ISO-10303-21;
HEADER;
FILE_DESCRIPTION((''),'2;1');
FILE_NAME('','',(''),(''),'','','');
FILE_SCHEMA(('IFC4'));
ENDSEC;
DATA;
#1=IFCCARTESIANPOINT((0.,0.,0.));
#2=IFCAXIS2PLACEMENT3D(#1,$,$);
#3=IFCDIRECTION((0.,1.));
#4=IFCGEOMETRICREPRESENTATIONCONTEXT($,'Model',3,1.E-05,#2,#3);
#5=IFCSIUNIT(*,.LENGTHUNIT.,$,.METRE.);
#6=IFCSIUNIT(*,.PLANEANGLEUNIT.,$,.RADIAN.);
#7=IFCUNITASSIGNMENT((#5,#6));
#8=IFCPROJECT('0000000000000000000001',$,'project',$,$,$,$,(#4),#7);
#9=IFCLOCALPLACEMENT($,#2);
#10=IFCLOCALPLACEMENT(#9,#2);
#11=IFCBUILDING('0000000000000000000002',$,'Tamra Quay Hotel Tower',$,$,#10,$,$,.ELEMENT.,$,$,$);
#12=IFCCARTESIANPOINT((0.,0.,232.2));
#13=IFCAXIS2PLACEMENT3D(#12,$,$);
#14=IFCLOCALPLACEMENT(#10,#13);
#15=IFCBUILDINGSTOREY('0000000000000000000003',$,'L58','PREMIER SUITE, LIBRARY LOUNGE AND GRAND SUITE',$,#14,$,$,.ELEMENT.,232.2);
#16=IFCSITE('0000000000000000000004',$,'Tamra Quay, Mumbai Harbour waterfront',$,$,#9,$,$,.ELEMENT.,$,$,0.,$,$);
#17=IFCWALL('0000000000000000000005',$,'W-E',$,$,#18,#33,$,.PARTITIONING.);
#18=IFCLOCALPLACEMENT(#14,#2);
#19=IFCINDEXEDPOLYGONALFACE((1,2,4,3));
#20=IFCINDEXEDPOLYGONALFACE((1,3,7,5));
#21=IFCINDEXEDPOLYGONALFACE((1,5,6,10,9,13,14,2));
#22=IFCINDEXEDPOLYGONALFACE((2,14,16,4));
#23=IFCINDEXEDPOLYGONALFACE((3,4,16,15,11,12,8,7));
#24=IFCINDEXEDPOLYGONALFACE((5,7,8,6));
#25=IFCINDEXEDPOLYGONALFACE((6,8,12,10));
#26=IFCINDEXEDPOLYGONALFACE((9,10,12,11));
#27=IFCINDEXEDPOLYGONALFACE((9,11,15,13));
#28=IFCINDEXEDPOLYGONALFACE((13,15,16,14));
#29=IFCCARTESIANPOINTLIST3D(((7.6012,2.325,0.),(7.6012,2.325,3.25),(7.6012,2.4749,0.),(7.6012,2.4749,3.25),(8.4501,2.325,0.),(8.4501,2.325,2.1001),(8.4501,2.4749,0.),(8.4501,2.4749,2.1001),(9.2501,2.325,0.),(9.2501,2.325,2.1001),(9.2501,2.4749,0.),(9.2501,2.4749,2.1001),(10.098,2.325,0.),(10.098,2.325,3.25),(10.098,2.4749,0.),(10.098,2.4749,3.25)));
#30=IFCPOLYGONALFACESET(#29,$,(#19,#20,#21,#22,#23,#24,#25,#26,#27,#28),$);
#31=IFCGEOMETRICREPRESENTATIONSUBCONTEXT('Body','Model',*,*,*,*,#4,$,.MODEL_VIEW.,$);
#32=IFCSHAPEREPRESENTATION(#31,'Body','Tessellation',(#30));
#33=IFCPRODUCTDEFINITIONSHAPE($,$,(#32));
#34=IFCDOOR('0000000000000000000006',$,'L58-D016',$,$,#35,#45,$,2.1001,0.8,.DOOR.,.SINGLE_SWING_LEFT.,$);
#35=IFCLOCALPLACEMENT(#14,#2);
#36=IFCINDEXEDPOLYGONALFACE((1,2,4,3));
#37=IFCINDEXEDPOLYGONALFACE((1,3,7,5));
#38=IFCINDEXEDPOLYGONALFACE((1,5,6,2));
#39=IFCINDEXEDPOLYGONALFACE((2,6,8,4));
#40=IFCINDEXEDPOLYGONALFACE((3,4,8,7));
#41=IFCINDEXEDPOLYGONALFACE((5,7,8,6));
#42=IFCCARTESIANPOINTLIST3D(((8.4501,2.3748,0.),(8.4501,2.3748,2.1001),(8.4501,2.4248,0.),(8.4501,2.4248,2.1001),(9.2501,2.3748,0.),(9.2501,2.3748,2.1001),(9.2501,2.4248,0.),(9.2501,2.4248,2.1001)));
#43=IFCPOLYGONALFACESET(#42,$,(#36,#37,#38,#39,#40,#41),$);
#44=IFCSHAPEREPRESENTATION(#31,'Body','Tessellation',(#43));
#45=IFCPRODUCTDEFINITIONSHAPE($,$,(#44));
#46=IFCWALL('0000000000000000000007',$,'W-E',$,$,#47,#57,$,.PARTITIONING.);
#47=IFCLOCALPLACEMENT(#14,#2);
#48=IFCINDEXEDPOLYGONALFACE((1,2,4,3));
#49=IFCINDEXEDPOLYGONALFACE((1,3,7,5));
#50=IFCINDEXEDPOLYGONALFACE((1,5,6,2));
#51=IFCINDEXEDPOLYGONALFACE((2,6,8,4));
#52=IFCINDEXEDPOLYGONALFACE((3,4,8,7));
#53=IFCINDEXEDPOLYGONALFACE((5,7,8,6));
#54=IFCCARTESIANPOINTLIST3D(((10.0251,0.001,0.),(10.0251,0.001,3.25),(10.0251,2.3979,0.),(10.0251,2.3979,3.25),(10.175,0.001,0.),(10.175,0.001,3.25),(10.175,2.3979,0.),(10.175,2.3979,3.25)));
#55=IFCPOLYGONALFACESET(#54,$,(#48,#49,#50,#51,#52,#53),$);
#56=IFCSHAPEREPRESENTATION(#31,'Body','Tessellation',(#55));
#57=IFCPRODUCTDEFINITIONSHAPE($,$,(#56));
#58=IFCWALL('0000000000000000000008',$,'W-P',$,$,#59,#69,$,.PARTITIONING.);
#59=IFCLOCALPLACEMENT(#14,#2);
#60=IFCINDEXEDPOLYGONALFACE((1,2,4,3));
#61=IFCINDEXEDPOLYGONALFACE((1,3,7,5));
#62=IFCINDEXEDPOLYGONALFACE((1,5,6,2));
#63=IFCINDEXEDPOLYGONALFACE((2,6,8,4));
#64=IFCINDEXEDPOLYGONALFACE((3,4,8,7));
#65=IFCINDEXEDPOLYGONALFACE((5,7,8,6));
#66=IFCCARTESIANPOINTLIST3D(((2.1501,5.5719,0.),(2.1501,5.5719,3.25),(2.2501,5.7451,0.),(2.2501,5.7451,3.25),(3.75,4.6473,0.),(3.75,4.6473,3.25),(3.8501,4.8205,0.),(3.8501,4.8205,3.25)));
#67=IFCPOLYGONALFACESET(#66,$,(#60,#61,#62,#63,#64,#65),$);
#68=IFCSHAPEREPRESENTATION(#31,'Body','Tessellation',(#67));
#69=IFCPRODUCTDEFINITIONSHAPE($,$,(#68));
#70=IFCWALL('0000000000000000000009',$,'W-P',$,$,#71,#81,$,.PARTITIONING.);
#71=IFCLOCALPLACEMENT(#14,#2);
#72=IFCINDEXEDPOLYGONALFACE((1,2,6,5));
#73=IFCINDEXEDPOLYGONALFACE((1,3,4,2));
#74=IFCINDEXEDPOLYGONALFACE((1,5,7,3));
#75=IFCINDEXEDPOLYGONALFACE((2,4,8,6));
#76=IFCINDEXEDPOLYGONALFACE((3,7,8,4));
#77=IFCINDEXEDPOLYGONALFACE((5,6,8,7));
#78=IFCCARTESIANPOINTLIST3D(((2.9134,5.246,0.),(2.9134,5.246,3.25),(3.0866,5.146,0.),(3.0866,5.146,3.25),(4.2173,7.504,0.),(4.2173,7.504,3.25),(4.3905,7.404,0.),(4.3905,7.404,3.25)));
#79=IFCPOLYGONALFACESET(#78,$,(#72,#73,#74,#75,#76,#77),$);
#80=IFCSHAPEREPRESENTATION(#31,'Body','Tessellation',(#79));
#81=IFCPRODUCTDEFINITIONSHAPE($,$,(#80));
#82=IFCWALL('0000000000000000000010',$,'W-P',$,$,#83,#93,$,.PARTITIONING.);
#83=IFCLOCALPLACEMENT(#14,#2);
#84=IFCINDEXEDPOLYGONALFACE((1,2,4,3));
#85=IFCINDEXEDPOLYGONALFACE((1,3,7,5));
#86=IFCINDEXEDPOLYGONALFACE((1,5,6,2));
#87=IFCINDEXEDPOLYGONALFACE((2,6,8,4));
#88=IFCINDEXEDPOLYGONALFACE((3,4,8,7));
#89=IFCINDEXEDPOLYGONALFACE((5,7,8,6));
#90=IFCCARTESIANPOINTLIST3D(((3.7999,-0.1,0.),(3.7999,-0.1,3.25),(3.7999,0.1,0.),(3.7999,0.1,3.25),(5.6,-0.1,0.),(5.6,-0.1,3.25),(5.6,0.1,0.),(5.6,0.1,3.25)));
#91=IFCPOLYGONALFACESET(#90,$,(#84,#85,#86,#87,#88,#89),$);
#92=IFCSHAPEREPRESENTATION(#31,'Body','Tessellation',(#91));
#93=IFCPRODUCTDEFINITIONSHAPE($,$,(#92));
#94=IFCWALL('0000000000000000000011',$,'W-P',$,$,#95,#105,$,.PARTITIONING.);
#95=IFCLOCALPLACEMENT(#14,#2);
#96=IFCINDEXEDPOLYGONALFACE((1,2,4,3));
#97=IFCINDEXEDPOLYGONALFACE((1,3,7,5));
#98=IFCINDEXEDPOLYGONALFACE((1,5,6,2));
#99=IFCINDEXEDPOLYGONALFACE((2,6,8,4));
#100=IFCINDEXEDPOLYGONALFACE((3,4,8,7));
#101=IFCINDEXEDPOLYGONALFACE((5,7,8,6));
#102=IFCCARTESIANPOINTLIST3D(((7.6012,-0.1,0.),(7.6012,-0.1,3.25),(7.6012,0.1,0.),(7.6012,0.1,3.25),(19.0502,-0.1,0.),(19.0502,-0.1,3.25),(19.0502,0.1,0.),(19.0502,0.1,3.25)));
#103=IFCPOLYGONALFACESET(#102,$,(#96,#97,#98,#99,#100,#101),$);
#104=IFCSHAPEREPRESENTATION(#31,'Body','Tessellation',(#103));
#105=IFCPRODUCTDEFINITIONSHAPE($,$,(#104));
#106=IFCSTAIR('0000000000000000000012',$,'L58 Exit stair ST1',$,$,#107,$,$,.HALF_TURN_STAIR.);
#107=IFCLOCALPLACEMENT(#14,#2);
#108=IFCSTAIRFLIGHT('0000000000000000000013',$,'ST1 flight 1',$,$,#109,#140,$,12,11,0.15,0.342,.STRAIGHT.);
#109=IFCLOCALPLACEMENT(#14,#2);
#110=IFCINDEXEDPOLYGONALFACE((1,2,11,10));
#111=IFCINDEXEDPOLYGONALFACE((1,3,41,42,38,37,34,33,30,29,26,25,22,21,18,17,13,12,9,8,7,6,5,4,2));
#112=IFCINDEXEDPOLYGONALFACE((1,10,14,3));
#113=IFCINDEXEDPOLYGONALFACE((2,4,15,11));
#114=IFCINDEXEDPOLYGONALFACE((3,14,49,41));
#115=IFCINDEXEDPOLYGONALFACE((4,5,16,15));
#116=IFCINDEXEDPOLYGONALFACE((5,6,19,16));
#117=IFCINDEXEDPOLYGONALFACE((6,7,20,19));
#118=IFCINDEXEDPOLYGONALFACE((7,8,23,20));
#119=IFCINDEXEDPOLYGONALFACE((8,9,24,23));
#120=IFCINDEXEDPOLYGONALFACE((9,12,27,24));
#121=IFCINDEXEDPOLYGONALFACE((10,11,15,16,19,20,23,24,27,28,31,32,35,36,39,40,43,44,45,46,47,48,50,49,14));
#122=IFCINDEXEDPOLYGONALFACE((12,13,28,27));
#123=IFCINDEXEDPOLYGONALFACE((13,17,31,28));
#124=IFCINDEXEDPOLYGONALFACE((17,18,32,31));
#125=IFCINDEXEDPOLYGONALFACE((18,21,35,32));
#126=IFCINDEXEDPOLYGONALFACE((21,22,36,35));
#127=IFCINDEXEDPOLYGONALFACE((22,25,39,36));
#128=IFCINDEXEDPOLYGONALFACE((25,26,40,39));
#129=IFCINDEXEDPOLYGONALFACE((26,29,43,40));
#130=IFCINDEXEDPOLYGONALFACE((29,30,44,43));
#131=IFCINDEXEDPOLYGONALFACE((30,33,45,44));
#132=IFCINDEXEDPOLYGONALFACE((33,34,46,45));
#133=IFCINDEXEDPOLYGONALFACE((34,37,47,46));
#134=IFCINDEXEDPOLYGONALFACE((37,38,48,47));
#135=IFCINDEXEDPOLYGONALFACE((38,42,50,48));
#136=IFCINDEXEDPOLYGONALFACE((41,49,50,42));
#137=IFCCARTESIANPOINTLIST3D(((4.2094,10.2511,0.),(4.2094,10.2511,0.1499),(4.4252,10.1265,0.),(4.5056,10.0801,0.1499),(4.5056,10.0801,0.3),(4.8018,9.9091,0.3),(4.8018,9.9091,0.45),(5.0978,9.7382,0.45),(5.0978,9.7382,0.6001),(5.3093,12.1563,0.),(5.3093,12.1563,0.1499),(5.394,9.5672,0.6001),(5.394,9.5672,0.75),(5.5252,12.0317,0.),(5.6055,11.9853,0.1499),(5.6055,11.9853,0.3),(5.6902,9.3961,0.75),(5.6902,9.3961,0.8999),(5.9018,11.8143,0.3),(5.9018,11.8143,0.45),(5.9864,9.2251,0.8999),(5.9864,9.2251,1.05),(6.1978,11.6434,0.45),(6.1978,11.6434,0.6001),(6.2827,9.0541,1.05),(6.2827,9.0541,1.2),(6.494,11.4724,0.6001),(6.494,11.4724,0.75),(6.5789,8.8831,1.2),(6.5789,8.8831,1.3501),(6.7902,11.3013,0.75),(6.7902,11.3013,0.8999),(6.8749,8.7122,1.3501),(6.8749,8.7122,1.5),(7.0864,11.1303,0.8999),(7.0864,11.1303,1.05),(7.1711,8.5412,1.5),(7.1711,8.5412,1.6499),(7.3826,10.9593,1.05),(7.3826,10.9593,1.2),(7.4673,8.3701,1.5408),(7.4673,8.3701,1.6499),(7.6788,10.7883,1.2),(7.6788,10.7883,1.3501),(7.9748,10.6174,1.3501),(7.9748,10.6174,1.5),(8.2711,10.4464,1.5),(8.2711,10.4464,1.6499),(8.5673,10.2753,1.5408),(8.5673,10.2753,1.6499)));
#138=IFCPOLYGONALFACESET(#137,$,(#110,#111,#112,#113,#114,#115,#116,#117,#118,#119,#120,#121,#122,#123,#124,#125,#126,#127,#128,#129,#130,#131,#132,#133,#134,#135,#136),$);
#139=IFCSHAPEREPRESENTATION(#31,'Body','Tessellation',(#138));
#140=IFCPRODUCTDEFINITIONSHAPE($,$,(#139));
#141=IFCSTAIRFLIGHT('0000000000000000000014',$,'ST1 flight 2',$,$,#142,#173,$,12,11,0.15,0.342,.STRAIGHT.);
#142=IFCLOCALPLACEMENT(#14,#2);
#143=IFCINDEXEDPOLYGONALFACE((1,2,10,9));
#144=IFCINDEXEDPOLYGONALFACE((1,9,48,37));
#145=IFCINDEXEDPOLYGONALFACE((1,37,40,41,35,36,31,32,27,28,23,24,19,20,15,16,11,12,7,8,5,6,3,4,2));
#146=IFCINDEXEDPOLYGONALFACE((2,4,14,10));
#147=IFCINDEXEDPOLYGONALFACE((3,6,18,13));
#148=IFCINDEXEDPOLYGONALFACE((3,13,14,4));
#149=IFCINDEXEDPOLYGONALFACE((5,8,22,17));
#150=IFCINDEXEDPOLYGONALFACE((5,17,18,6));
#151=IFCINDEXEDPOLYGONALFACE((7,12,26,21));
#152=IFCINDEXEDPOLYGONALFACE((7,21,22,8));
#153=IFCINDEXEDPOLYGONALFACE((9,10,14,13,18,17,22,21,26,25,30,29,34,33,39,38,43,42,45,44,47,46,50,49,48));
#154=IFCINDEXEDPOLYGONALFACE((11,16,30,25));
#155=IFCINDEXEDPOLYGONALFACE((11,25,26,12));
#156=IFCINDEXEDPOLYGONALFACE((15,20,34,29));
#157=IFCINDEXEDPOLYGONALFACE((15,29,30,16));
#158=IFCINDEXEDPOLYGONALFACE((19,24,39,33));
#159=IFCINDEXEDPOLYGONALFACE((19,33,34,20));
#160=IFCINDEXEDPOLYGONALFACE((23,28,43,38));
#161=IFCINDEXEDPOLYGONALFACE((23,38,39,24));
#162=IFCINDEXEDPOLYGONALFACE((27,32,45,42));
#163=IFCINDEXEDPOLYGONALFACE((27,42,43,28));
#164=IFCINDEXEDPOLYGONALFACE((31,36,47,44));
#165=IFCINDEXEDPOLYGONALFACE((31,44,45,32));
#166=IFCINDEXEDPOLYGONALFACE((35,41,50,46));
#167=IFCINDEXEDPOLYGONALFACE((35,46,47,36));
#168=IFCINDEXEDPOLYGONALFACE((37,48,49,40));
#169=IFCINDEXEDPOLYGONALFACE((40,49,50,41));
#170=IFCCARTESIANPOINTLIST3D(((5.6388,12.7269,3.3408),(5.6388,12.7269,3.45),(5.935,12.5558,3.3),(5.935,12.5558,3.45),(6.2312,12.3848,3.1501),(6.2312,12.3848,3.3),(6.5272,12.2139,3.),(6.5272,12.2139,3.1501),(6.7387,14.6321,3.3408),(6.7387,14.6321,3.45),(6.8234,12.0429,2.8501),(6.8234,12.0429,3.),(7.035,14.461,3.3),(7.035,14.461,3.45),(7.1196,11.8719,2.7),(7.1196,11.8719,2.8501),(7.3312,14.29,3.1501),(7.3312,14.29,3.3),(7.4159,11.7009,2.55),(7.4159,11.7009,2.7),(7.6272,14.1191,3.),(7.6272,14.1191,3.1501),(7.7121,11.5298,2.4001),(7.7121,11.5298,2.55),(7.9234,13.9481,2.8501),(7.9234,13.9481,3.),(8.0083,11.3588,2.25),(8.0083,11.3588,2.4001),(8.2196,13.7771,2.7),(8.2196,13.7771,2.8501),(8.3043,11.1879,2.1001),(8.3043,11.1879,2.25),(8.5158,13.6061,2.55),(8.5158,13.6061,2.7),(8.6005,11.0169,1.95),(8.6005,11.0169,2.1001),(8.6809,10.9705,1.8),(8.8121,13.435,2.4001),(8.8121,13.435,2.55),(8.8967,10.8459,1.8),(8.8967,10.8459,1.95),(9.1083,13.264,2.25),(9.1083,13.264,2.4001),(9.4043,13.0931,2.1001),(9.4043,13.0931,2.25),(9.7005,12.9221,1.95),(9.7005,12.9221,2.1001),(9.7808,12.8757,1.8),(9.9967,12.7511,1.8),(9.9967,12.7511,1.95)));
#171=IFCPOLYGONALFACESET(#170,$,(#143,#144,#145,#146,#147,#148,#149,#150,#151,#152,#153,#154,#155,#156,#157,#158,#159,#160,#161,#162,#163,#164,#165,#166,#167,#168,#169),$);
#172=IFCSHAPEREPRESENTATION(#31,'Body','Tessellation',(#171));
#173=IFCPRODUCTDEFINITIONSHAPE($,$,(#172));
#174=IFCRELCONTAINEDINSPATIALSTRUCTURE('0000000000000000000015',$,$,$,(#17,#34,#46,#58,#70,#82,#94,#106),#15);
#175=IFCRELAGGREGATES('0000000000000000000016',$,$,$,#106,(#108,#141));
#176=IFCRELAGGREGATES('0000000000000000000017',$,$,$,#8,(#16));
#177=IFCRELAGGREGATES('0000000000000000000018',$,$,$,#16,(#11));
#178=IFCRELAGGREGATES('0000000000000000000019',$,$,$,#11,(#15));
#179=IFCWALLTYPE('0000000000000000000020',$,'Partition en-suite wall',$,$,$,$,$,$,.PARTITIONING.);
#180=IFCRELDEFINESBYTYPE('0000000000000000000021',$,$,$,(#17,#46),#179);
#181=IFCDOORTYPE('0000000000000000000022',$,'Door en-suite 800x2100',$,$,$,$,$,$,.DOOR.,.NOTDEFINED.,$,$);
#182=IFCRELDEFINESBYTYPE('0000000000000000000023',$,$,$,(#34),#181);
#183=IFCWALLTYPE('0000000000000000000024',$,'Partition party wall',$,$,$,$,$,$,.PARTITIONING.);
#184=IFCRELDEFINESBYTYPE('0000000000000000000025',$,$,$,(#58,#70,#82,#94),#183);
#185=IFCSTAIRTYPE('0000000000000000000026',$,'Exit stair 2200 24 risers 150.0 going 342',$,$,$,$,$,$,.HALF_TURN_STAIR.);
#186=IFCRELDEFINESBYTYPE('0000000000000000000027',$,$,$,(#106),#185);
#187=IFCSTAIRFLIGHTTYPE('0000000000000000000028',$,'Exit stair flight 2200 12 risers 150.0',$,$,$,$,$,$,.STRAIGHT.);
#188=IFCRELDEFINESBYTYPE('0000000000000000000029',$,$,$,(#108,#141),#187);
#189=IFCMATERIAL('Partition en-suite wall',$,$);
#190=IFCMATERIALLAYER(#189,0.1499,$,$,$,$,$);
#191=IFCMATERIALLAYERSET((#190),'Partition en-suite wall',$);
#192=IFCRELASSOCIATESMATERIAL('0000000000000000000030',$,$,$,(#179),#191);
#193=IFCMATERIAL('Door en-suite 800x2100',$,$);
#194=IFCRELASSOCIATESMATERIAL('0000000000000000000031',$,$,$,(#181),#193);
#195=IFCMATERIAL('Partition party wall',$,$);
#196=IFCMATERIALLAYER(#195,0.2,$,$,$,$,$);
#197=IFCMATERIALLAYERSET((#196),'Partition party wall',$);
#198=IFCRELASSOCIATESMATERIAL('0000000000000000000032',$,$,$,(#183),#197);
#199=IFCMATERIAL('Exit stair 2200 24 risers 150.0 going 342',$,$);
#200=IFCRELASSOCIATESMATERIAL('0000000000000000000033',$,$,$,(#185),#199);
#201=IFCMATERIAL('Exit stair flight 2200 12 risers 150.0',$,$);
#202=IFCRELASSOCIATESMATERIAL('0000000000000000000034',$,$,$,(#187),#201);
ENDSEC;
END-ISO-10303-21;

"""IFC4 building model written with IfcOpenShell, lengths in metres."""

from ifc_helpers import new_model, si_unit, direction, frame, frame_2d, origin, place, context, subcontext, project, spatial, polyline, rectangle, outline, extrude, material, layer, layer_set, type_object, element, fill, aggregate, save


model = new_model("IFC4")

# Units and contexts
model_context = context("Model", 3, precision=1e-05, world=origin(), true_north=direction((0.0, 1.0)))
body_context = subcontext(model_context, "Body", "Model", "MODEL_VIEW")
ifc_project = project(units=[si_unit("LENGTHUNIT", "METRE"), si_unit("PLANEANGLEUNIT", "RADIAN")], contexts=[model_context])

# Site, building, storey
site_placement = place(None, origin())
site = spatial("IfcSite", under=ifc_project, at=site_placement, Name="Tamra Quay, Mumbai Harbour waterfront", CompositionType="ELEMENT", RefElevation=0.0)
building_placement = place(site_placement, origin())
building = spatial("IfcBuilding", under=site, at=building_placement, Name="Tamra Quay Hotel Tower", CompositionType="ELEMENT")
storey_placement = place(building_placement, frame((0.0, 0.0, 232.2)))
storey = spatial("IfcBuildingStorey", under=building, at=storey_placement, Name="L58", Description="PREMIER SUITE, LIBRARY LOUNGE AND GRAND SUITE", CompositionType="ELEMENT", Elevation=232.2)

# Wall, opening, door
ifc_material_1 = material(Name="Partition en-suite wall")
ifc_layer_1 = layer(ifc_material_1, 0.1499)
ifc_layer_set_1 = layer_set([ifc_layer_1], Name="Partition en-suite wall")
wall_type_1 = type_object("IfcWallType", Name="Partition en-suite wall", PredefinedType="PARTITIONING", material=ifc_layer_set_1)
wall_1_placement = place(storey_placement, frame((7.6011, 2.3999, 0.0), z_axis=(0.0, 0.0, 1.0), x_axis=(1.0, 0.0, 0.0)))
wall_1 = element("IfcWall", 1, at=wall_1_placement, inside=storey, type_object=wall_type_1, Name="W-E", PredefinedType="PARTITIONING", context=body_context, shape_type="SweptSolid", body=[
    extrude(rectangle(XDim=2.4968, YDim=0.1499, at=frame_2d((1.2485, 0.0))), origin(), (0.0, 0.0, 1.0), 3.25),
])
opening_1_placement = place(wall_1_placement, frame((0.8491, 0.0, 0.0)))
opening_1 = element("IfcOpeningElement", 2, at=opening_1_placement, cuts=wall_1, PredefinedType="OPENING", context=body_context, shape_type="SweptSolid", body=[
    extrude(rectangle(XDim=0.8, YDim=2.1001, at=frame_2d((0.3999, 1.05))), frame((0.0, 0.085, 0.0), z_axis=(0.0, -1.0, 0.0), x_axis=(1.0, 0.0, 0.0)), (0.0, 0.0, 1.0), 0.1699),
])
ifc_material_2 = material(Name="Door en-suite 800x2100")
door_type_1 = type_object("IfcDoorType", Name="Door en-suite 800x2100", OperationType="NOTDEFINED", PredefinedType="DOOR", material=ifc_material_2)
door_1_placement = place(opening_1_placement, origin())
door_1 = element("IfcDoor", 3, at=door_1_placement, inside=storey, type_object=door_type_1, Name="L58-D016", OperationType="SINGLE_SWING_LEFT", OverallHeight=2.1001, OverallWidth=0.8, PredefinedType="DOOR", context=body_context, shape_type="SweptSolid", body=[
    extrude(rectangle(XDim=0.8, YDim=2.1001, at=frame_2d((0.3999, 1.05))), frame((0.0, 0.0249, 0.0), z_axis=(0.0, -1.0, 0.0), x_axis=(1.0, 0.0, 0.0)), (0.0, 0.0, 1.0), 0.05),
])
fill(opening_1, door_1)

# Walls
wall_2_placement = place(storey_placement, frame((10.1001, 0.001, 0.0), z_axis=(0.0, 0.0, 1.0), x_axis=(0.0, 1.0, 0.0)))
element("IfcWall", 4, at=wall_2_placement, inside=storey, type_object=wall_type_1, Name="W-E", PredefinedType="PARTITIONING", context=body_context, shape_type="SweptSolid", body=[
    extrude(rectangle(XDim=2.397, YDim=0.1499, at=frame_2d((1.1985, 0.0))), origin(), (0.0, 0.0, 1.0), 3.25),
])
ifc_material_3 = material(Name="Partition party wall")
ifc_layer_2 = layer(ifc_material_3, 0.2)
ifc_layer_set_2 = layer_set([ifc_layer_2], Name="Partition party wall")
wall_type_2 = type_object("IfcWallType", Name="Partition party wall", PredefinedType="PARTITIONING", material=ifc_layer_set_2)
wall_3_placement = place(storey_placement, frame((2.2002, 5.6584, 0.0), z_axis=(0.0, 0.0, 1.0), x_axis=(0.865818, -0.500359, 0.0)))
element("IfcWall", 5, at=wall_3_placement, inside=storey, type_object=wall_type_2, Name="W-P", PredefinedType="PARTITIONING", context=body_context, shape_type="SweptSolid", body=[
    extrude(rectangle(XDim=1.8479, YDim=0.2, at=frame_2d((0.9238, 0.0))), origin(), (0.0, 0.0, 1.0), 3.25),
])
wall_4_placement = place(storey_placement, frame((3.0, 5.196, 0.0), z_axis=(0.0, 0.0, 1.0), x_axis=(0.500076, 0.865981, 0.0)))
element("IfcWall", 6, at=wall_4_placement, inside=storey, type_object=wall_type_2, Name="W-P", PredefinedType="PARTITIONING", context=body_context, shape_type="SweptSolid", body=[
    extrude(rectangle(XDim=2.6074, YDim=0.2, at=frame_2d((1.3037, 0.0))), origin(), (0.0, 0.0, 1.0), 3.25),
])
wall_5_placement = place(storey_placement, frame((3.8, 0.0, 0.0), z_axis=(0.0, 0.0, 1.0), x_axis=(1.0, 0.0, 0.0)))
element("IfcWall", 7, at=wall_5_placement, inside=storey, type_object=wall_type_2, Name="W-P", PredefinedType="PARTITIONING", context=body_context, shape_type="SweptSolid", body=[
    extrude(rectangle(XDim=1.8, YDim=0.2, at=frame_2d((0.8999, 0.0))), origin(), (0.0, 0.0, 1.0), 3.25),
])
wall_6_placement = place(storey_placement, frame((7.6011, 0.0, 0.0), z_axis=(0.0, 0.0, 1.0), x_axis=(1.0, 0.0, 0.0)))
element("IfcWall", 8, at=wall_6_placement, inside=storey, type_object=wall_type_2, Name="W-P", PredefinedType="PARTITIONING", context=body_context, shape_type="SweptSolid", body=[
    extrude(rectangle(XDim=11.449, YDim=0.2, at=frame_2d((5.7246, 0.0))), origin(), (0.0, 0.0, 1.0), 3.25),
])

# Stair, stair flights
ifc_material_4 = material(Name="Exit stair 2200 24 risers 150.0 going 342")
stair_type = type_object("IfcStairType", Name="Exit stair 2200 24 risers 150.0 going 342", PredefinedType="HALF_TURN_STAIR", material=ifc_material_4)
stair_placement = place(storey_placement, origin())
stair = element("IfcStair", 9, at=stair_placement, inside=storey, type_object=stair_type, Name="L58 Exit stair ST1", PredefinedType="HALF_TURN_STAIR")
ifc_material_5 = material(Name="Exit stair flight 2200 12 risers 150.0")
stair_flight_type = type_object("IfcStairFlightType", Name="Exit stair flight 2200 12 risers 150.0", PredefinedType="STRAIGHT", material=ifc_material_5)
stair_flight_1_placement = place(storey_placement, frame((4.7593, 11.2036, 0.0), z_axis=(0.0, 0.0, 1.0), x_axis=(0.866025, -0.5, 0.0)))
stair_flight_1 = element("IfcStairFlight", 10, at=stair_flight_1_placement, type_object=stair_flight_type, Name="ST1 flight 1", NumberOfRisers=12, NumberOfTreads=11, PredefinedType="STRAIGHT", RiserHeight=0.15, TreadLength=0.342, context=body_context, shape_type="SweptSolid", body=[
    extrude(outline(polyline([(0.0, 0.0), (0.0, 0.1499), (0.342, 0.1499), (0.342, 0.3), (0.6841, 0.3), (0.6841, 0.45), (1.0259, 0.45), (1.0259, 0.6001), (1.3679, 0.6001), (1.3679, 0.75), (1.71, 0.75), (1.71, 0.8999), (2.052, 0.8999), (2.052, 1.05), (2.394, 1.05), (2.394, 1.2), (2.7361, 1.2), (2.7361, 1.3501), (3.0779, 1.3501), (3.0779, 1.5), (3.4199, 1.5), (3.4199, 1.6499), (3.762, 1.6499), (3.762, 1.8), (3.762, 1.5408), (0.2493, 0.0), (0.0, 0.0)])), frame((0.0, 1.1001, 0.0), z_axis=(0.0, -1.0, 0.0), x_axis=(1.0, 0.0, 0.0)), (0.0, 0.0, 1.0), 2.2),
])
stair_flight_2_placement = place(storey_placement, frame((9.4468, 11.7986, 1.8), z_axis=(0.0, 0.0, 1.0), x_axis=(-0.866025, 0.5, 0.0)))
stair_flight_2 = element("IfcStairFlight", 11, at=stair_flight_2_placement, type_object=stair_flight_type, Name="ST1 flight 2", NumberOfRisers=12, NumberOfTreads=11, PredefinedType="STRAIGHT", RiserHeight=0.15, TreadLength=0.342, context=body_context, shape_type="SweptSolid", body=[
    extrude(outline(polyline([(0.0, 0.0), (0.0, 0.1499), (0.342, 0.1499), (0.342, 0.3), (0.6841, 0.3), (0.6841, 0.45), (1.0259, 0.45), (1.0259, 0.6001), (1.3679, 0.6001), (1.3679, 0.75), (1.71, 0.75), (1.71, 0.8999), (2.052, 0.8999), (2.052, 1.05), (2.394, 1.05), (2.394, 1.2), (2.7361, 1.2), (2.7361, 1.3501), (3.0779, 1.3501), (3.0779, 1.5), (3.4199, 1.5), (3.4199, 1.6499), (3.762, 1.6499), (3.762, 1.8), (3.762, 1.5408), (0.2493, 0.0), (0.0, 0.0)])), frame((0.0, 1.1001, 0.0), z_axis=(0.0, -1.0, 0.0), x_axis=(1.0, 0.0, 0.0)), (0.0, 0.0, 1.0), 2.2),
])
aggregate(stair, [stair_flight_1, stair_flight_2])

save(model, "model.ifc")
